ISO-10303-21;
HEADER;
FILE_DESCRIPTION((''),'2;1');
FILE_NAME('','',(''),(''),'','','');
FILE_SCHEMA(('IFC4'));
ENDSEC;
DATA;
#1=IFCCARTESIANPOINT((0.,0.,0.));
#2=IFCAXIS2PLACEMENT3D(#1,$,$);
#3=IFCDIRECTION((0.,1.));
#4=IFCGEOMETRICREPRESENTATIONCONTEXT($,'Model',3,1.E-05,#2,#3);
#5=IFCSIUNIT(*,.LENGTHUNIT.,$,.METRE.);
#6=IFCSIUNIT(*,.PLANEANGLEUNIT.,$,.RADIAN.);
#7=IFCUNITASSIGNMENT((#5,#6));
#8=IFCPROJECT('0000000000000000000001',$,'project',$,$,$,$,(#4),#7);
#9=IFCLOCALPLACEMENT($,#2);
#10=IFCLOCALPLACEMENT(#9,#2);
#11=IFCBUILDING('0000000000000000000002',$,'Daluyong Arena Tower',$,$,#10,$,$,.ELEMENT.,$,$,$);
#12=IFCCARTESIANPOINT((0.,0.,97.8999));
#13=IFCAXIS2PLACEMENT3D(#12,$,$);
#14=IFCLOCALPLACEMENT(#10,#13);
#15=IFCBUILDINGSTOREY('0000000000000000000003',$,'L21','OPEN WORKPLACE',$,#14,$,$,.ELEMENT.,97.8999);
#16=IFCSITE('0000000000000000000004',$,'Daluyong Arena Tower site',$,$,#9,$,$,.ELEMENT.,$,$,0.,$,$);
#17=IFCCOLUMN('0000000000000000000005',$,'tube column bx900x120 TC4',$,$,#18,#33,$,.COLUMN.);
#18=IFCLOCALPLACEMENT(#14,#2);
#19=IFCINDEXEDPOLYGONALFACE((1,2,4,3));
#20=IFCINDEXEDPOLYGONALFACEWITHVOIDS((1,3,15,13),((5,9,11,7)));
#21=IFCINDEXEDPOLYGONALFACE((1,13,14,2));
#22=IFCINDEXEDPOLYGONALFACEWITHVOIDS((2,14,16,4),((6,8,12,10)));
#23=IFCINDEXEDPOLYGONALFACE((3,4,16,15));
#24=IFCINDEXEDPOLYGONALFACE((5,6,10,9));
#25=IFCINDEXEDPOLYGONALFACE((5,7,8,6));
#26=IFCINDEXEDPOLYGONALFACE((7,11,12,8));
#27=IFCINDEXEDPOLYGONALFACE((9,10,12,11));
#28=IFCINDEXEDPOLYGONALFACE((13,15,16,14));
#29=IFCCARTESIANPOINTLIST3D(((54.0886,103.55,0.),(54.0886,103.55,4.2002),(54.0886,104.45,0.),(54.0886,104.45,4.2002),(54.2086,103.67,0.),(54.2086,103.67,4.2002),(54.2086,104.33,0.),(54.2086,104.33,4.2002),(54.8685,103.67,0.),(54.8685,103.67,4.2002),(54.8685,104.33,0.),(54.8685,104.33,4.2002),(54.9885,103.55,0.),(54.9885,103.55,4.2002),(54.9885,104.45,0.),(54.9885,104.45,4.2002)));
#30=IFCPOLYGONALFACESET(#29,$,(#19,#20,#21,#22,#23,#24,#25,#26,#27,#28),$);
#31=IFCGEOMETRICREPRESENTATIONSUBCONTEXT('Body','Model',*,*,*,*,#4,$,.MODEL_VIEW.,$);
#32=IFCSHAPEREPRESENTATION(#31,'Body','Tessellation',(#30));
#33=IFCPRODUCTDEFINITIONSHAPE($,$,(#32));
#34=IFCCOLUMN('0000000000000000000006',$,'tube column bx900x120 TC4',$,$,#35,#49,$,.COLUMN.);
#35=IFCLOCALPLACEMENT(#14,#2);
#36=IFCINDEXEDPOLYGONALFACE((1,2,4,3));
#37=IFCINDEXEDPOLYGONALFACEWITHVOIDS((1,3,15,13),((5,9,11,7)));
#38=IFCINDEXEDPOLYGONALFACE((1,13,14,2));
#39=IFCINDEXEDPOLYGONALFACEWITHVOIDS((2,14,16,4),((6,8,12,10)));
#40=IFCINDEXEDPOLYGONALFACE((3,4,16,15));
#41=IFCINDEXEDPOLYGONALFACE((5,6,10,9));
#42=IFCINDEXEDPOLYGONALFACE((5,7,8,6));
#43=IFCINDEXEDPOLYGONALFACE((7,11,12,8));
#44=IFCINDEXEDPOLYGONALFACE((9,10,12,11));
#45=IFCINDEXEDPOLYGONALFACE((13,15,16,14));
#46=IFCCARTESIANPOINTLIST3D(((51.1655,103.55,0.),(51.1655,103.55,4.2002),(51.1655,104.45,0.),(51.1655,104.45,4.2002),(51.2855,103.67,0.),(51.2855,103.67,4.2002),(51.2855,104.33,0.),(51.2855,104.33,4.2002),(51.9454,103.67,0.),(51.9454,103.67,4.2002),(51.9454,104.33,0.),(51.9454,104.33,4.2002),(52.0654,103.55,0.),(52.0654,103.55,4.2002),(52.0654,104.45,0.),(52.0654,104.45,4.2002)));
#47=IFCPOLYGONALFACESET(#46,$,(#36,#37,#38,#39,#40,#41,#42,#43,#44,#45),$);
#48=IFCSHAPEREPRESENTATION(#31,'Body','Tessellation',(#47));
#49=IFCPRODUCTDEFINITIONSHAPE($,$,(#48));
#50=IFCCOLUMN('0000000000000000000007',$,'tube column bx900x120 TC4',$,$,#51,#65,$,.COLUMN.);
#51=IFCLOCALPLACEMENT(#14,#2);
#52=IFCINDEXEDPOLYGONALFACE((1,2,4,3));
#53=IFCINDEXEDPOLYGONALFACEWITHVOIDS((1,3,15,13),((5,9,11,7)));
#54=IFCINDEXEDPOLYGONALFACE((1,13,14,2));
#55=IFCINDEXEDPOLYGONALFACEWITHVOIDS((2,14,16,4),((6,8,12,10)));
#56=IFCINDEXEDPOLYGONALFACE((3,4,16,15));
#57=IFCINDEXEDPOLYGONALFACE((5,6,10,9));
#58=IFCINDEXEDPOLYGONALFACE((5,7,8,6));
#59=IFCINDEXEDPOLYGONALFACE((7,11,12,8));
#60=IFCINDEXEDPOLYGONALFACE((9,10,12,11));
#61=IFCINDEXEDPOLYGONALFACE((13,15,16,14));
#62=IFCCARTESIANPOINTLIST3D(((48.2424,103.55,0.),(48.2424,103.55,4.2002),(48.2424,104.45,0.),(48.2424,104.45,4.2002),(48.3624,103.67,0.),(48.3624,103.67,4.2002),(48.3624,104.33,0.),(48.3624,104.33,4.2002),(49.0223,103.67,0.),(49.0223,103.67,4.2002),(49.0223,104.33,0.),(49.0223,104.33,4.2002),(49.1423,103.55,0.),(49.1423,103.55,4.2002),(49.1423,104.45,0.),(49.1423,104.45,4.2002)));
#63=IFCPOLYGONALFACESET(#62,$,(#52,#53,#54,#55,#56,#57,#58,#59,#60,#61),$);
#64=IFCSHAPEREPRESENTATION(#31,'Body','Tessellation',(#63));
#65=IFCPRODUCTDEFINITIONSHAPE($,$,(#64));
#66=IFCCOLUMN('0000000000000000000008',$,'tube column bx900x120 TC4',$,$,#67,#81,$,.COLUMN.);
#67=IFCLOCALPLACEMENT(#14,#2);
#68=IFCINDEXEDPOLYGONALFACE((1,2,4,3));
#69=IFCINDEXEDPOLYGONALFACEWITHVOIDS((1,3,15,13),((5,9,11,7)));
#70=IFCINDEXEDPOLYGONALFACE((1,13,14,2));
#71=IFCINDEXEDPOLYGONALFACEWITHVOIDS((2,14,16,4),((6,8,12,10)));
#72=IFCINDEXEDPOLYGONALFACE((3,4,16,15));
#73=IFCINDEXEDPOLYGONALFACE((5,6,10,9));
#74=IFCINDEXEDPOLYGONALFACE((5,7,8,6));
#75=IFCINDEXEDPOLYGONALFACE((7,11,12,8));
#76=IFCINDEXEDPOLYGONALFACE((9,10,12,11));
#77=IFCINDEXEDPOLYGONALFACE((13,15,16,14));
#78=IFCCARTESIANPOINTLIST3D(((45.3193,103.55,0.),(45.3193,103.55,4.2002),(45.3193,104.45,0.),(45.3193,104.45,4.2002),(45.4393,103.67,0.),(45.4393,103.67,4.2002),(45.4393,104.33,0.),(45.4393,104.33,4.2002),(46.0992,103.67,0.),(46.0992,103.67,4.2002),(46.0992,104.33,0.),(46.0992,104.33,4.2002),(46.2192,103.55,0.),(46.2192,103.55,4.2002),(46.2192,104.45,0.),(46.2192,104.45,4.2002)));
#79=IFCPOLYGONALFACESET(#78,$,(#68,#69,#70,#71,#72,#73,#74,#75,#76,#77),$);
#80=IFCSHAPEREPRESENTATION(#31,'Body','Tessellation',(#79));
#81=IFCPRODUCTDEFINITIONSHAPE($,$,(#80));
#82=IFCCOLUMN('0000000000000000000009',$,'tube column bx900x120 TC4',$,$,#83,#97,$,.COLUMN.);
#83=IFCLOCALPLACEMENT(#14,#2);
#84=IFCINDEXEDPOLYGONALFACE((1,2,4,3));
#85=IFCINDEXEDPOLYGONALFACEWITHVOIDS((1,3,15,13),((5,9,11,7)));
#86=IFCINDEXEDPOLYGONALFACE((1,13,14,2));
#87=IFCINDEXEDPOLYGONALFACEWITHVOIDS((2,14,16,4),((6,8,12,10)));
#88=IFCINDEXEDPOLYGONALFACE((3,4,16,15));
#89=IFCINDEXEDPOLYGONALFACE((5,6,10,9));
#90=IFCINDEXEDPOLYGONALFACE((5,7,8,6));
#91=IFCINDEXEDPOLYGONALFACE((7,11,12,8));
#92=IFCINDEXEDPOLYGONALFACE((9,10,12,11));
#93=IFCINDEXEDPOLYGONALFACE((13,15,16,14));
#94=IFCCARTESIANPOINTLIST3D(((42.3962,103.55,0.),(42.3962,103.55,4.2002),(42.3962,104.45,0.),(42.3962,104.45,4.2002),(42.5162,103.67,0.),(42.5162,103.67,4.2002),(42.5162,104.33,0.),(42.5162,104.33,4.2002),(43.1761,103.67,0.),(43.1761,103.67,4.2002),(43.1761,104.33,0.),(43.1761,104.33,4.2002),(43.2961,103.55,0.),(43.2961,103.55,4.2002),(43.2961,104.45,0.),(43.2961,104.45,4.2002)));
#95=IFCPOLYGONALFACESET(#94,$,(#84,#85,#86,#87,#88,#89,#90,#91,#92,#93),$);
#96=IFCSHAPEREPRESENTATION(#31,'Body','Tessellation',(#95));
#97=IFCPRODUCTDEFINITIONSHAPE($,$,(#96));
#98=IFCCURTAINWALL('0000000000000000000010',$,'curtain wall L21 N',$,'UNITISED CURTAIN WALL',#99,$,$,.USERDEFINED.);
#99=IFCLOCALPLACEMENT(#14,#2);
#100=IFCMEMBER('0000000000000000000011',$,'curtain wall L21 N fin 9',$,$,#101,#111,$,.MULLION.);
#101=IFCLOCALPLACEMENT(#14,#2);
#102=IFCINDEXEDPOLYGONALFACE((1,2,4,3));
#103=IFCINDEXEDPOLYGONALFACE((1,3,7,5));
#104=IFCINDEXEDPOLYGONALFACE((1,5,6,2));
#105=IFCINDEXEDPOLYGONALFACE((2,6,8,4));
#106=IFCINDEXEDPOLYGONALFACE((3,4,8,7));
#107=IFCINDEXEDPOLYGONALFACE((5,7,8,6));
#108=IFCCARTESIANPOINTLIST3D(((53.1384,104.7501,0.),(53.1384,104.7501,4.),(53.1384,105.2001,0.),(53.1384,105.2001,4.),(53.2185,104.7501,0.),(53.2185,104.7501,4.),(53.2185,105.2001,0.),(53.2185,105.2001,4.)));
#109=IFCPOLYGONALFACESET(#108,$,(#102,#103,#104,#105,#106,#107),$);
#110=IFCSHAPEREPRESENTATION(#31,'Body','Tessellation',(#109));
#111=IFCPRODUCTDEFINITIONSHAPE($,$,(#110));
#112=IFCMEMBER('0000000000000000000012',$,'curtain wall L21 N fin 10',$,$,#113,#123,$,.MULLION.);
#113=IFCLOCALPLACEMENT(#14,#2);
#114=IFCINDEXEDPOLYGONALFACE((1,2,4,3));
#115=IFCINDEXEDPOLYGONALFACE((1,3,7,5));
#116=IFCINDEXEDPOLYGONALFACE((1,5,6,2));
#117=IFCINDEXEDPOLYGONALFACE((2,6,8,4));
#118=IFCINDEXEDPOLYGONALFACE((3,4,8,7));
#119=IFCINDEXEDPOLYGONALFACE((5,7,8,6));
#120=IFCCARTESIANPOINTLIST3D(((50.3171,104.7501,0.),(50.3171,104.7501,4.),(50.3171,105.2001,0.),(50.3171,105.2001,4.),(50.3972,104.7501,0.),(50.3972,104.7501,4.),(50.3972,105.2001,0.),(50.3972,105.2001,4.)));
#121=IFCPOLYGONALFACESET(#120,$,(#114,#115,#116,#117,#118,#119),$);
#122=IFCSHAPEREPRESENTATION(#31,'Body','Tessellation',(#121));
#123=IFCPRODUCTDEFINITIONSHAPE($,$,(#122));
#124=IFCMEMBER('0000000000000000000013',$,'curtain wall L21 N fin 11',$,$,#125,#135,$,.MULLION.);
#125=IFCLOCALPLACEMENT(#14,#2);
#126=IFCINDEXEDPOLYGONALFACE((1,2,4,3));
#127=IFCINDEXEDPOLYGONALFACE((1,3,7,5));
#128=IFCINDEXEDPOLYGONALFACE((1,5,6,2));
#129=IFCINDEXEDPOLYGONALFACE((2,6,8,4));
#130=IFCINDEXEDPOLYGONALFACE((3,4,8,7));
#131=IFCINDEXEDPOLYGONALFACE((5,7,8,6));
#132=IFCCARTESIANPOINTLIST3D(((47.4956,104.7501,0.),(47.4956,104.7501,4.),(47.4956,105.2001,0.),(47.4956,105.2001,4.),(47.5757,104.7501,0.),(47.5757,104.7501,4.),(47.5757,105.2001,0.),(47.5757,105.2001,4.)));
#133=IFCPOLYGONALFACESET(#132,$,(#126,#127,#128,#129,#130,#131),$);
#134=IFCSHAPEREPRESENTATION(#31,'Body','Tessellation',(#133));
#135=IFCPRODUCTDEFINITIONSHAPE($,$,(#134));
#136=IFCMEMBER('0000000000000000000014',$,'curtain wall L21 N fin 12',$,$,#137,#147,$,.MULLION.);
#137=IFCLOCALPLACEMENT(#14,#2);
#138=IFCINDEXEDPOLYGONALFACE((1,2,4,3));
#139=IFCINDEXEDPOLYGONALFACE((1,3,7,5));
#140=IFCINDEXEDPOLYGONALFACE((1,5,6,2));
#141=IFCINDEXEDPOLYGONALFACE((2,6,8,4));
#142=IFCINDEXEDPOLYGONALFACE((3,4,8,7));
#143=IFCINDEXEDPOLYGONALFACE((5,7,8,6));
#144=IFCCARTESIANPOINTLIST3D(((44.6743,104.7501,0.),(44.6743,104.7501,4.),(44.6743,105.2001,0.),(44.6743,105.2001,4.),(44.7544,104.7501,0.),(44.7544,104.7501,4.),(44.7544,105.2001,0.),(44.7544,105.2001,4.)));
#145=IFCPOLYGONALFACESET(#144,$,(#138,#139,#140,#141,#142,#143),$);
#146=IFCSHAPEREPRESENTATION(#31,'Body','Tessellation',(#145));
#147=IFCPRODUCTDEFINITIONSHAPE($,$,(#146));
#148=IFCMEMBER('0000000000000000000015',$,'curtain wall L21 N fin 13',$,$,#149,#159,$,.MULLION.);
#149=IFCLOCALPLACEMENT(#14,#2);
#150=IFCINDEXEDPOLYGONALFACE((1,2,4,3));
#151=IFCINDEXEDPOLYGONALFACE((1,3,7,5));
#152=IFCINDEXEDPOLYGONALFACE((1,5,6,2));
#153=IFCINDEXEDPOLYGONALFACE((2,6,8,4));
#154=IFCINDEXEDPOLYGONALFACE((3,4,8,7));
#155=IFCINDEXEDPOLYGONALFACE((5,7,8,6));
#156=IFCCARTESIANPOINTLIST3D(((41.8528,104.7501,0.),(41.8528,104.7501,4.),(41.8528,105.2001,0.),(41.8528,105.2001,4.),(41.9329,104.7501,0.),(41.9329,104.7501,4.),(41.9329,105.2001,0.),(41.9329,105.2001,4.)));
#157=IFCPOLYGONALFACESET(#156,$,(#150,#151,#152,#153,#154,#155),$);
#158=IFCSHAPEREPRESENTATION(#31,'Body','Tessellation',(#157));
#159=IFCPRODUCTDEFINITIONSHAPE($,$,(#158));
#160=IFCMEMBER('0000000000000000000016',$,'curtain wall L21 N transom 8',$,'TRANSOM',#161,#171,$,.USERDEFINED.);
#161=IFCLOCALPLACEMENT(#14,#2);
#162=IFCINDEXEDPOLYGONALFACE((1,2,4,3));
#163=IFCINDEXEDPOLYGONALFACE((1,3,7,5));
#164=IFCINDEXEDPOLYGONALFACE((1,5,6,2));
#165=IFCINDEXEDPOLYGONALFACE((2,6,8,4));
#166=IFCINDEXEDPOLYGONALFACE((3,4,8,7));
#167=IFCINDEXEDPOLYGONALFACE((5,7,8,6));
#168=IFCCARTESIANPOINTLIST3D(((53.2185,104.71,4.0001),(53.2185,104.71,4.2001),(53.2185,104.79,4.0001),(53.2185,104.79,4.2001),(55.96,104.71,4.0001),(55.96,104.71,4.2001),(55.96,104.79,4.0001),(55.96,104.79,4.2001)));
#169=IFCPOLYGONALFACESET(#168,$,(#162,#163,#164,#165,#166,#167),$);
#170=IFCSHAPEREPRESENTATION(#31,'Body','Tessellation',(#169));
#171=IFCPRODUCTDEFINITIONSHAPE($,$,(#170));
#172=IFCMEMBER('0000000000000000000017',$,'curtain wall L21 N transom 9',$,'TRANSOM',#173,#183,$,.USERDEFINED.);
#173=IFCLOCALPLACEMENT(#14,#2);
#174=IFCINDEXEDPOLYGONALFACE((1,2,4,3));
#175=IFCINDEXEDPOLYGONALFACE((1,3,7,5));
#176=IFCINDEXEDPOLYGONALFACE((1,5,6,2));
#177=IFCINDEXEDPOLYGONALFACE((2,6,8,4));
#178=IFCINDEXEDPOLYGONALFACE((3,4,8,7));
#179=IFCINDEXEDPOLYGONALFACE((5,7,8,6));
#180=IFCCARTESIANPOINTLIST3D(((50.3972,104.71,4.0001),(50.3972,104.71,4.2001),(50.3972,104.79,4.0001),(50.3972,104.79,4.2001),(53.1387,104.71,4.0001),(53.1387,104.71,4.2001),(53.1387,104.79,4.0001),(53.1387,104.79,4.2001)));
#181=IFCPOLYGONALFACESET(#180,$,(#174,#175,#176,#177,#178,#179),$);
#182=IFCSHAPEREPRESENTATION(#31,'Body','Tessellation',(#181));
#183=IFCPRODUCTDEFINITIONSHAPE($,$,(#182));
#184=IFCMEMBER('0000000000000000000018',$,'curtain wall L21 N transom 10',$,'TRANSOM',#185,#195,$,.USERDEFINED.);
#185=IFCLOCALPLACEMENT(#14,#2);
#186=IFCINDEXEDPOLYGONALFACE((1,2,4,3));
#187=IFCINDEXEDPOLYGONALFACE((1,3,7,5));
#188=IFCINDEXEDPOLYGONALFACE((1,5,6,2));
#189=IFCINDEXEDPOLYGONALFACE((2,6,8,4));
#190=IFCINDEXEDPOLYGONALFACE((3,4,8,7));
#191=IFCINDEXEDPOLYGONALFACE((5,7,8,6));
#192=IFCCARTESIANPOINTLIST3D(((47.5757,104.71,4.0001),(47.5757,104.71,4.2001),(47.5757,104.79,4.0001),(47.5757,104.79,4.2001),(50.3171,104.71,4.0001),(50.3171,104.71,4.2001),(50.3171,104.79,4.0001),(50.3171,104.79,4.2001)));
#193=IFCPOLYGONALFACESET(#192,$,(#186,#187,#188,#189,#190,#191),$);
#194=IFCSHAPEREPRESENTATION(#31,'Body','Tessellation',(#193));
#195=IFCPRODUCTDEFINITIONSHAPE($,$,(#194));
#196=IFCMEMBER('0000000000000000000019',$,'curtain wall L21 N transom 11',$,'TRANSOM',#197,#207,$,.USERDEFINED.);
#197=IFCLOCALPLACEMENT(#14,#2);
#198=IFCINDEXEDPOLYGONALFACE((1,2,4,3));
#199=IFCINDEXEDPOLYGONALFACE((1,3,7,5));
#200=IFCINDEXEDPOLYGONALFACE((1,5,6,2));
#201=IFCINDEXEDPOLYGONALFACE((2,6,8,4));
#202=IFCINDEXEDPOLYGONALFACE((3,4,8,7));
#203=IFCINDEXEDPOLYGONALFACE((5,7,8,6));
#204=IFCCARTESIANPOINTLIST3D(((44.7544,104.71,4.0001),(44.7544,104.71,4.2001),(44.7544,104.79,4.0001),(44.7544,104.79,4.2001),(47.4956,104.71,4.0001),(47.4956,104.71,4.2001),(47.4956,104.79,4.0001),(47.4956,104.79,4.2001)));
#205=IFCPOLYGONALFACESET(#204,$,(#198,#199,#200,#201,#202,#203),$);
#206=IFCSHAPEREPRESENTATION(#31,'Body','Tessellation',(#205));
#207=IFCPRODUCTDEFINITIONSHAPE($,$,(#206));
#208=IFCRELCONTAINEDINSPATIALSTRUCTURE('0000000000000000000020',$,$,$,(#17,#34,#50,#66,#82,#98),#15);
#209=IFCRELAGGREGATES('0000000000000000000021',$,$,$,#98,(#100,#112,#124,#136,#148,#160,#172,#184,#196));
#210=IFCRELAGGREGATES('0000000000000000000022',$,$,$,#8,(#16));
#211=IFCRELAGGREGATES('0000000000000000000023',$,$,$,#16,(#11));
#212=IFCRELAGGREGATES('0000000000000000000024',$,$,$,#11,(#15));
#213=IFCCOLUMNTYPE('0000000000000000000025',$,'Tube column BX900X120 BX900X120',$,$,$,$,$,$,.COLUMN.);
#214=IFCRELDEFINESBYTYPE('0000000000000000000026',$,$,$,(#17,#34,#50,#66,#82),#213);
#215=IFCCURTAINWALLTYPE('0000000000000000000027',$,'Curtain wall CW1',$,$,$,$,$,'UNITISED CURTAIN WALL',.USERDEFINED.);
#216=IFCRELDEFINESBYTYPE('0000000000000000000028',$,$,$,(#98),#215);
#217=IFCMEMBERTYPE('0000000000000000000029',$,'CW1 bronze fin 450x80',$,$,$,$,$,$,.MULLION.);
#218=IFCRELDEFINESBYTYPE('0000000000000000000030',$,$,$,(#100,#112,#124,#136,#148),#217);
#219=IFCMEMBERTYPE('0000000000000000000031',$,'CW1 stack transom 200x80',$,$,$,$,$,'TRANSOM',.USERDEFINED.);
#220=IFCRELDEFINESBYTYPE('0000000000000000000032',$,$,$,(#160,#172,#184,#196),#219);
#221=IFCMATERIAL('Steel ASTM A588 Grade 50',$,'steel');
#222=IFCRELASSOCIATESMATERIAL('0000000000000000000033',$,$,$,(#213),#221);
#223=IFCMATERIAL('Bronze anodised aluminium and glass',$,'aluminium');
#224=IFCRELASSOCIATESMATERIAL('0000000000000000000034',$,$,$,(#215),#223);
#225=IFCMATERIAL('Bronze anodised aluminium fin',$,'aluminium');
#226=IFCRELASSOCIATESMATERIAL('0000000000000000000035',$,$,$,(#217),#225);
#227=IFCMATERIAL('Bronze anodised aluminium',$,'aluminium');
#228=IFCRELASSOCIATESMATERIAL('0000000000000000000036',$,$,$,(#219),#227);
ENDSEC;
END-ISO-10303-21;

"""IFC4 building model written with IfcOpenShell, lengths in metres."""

from ifc_helpers import new_model, si_unit, direction, frame, origin, origin_2d, place, context, subcontext, project, spatial, rectangle, hollow_rectangle, extrude, material, material_profile, profile_set, type_object, element, aggregate, save


model = new_model("IFC4")

# Units and contexts
model_context = context("Model", 3, precision=1e-05, world=origin(), true_north=direction((0.0, 1.0)))
body_context = subcontext(model_context, "Body", "Model", "MODEL_VIEW")
ifc_project = project(units=[si_unit("LENGTHUNIT", "METRE"), si_unit("PLANEANGLEUNIT", "RADIAN")], contexts=[model_context])

# Site, building, storey
site_placement = place(None, origin())
site = spatial("IfcSite", under=ifc_project, at=site_placement, Name="Daluyong Arena Tower site", CompositionType="ELEMENT", RefElevation=0.0)
building_placement = place(site_placement, origin())
building = spatial("IfcBuilding", under=site, at=building_placement, Name="Daluyong Arena Tower", CompositionType="ELEMENT")
storey_placement = place(building_placement, frame((0.0, 0.0, 97.8999)))
storey = spatial("IfcBuildingStorey", under=building, at=storey_placement, Name="L21", Description="OPEN WORKPLACE", CompositionType="ELEMENT", Elevation=97.8999)

# Columns
ifc_material_1 = material(Name="Steel ASTM A588 Grade 50", Category="steel")
ifc_material_profile_1 = material_profile(ifc_material_1, hollow_rectangle(XDim=0.8999, YDim=0.8999, WallThickness=0.12, at=origin_2d()))
ifc_profile_set_1 = profile_set([ifc_material_profile_1], Name="Steel ASTM A588 Grade 50")
column_type = type_object("IfcColumnType", Name="Tube column BX900X120 BX900X120", PredefinedType="COLUMN", material=ifc_profile_set_1)
for number, where, z_axis, x_axis, name in (
    (1, (54.5386, 104.0, 0.0), (0.0, 0.0, 1.0), (1.0, 0.0, 0.0), "tube column bx900x120 TC4"),
    (2, (51.6155, 104.0, 0.0), (0.0, 0.0, 1.0), (1.0, 0.0, 0.0), "tube column bx900x120 TC4"),
    (3, (48.6924, 104.0, 0.0), (0.0, 0.0, 1.0), (1.0, 0.0, 0.0), "tube column bx900x120 TC4"),
    (4, (45.7693, 104.0, 0.0), (0.0, 0.0, 1.0), (1.0, 0.0, 0.0), "tube column bx900x120 TC4"),
    (5, (42.8462, 104.0, 0.0), (0.0, 0.0, 1.0), (1.0, 0.0, 0.0), "tube column bx900x120 TC4"),
):
    element("IfcColumn", number, at=place(storey_placement, frame(where, z_axis=z_axis, x_axis=x_axis)), inside=storey, type_object=column_type, Name=name, PredefinedType="COLUMN", context=body_context, shape_type="SweptSolid", body=[
        extrude(hollow_rectangle(XDim=0.8999, YDim=0.8999, WallThickness=0.12, at=origin_2d()), origin(), (0.0, 0.0, 1.0), 4.2002),
    ])

# Curtain wall, members
ifc_material_2 = material(Name="Bronze anodised aluminium and glass", Category="aluminium")
curtain_wall_type = type_object("IfcCurtainWallType", Name="Curtain wall CW1", ElementType="UNITISED CURTAIN WALL", PredefinedType="USERDEFINED", material=ifc_material_2)
curtain_wall_placement = place(storey_placement, origin())
curtain_wall = element("IfcCurtainWall", 6, at=curtain_wall_placement, inside=storey, type_object=curtain_wall_type, Name="curtain wall L21 N", ObjectType="UNITISED CURTAIN WALL", PredefinedType="USERDEFINED")
ifc_material_3 = material(Name="Bronze anodised aluminium fin", Category="aluminium")
ifc_material_profile_2 = material_profile(ifc_material_3, rectangle(XDim=0.45, YDim=0.0801, at=origin_2d()))
ifc_profile_set_2 = profile_set([ifc_material_profile_2], Name="Bronze anodised aluminium fin")
member_type_1 = type_object("IfcMemberType", Name="CW1 bronze fin 450x80", PredefinedType="MULLION", material=ifc_profile_set_2)
member_1_placement = place(storey_placement, frame((53.1785, 104.9751, 0.0), z_axis=(0.0, 0.0, 1.0), x_axis=(0.0, -1.0, 0.0)))
member_1 = element("IfcMember", 7, at=member_1_placement, type_object=member_type_1, Name="curtain wall L21 N fin 9", PredefinedType="MULLION", context=body_context, shape_type="SweptSolid", body=[
    extrude(rectangle(XDim=0.45, YDim=0.0801, at=origin_2d()), origin(), (0.0, 0.0, 1.0), 4.0),
])
member_2_placement = place(storey_placement, frame((50.3572, 104.9751, 0.0), z_axis=(0.0, 0.0, 1.0), x_axis=(0.0, -1.0, 0.0)))
member_2 = element("IfcMember", 8, at=member_2_placement, type_object=member_type_1, Name="curtain wall L21 N fin 10", PredefinedType="MULLION", context=body_context, shape_type="SweptSolid", body=[
    extrude(rectangle(XDim=0.45, YDim=0.0801, at=origin_2d()), origin(), (0.0, 0.0, 1.0), 4.0),
])
member_3_placement = place(storey_placement, frame((47.5356, 104.9751, 0.0), z_axis=(0.0, 0.0, 1.0), x_axis=(0.0, -1.0, 0.0)))
member_3 = element("IfcMember", 9, at=member_3_placement, type_object=member_type_1, Name="curtain wall L21 N fin 11", PredefinedType="MULLION", context=body_context, shape_type="SweptSolid", body=[
    extrude(rectangle(XDim=0.45, YDim=0.0801, at=origin_2d()), origin(), (0.0, 0.0, 1.0), 4.0),
])
member_4_placement = place(storey_placement, frame((44.7144, 104.9751, 0.0), z_axis=(0.0, 0.0, 1.0), x_axis=(0.0, -1.0, 0.0)))
member_4 = element("IfcMember", 10, at=member_4_placement, type_object=member_type_1, Name="curtain wall L21 N fin 12", PredefinedType="MULLION", context=body_context, shape_type="SweptSolid", body=[
    extrude(rectangle(XDim=0.45, YDim=0.0801, at=origin_2d()), origin(), (0.0, 0.0, 1.0), 4.0),
])
member_5_placement = place(storey_placement, frame((41.8928, 104.9751, 0.0), z_axis=(0.0, 0.0, 1.0), x_axis=(0.0, -1.0, 0.0)))
member_5 = element("IfcMember", 11, at=member_5_placement, type_object=member_type_1, Name="curtain wall L21 N fin 13", PredefinedType="MULLION", context=body_context, shape_type="SweptSolid", body=[
    extrude(rectangle(XDim=0.45, YDim=0.0801, at=origin_2d()), origin(), (0.0, 0.0, 1.0), 4.0),
])
ifc_material_4 = material(Name="Bronze anodised aluminium", Category="aluminium")
ifc_material_profile_3 = material_profile(ifc_material_4, rectangle(XDim=0.0801, YDim=0.2, at=origin_2d()))
ifc_profile_set_3 = profile_set([ifc_material_profile_3], Name="Bronze anodised aluminium")
member_type_2 = type_object("IfcMemberType", Name="CW1 stack transom 200x80", ElementType="TRANSOM", PredefinedType="USERDEFINED", material=ifc_profile_set_3)
member_6_placement = place(storey_placement, frame((55.96, 104.75, 4.1001), z_axis=(-1.0, 0.0, 0.0), x_axis=(0.0, -1.0, 0.0)))
member_6 = element("IfcMember", 12, at=member_6_placement, type_object=member_type_2, Name="curtain wall L21 N transom 8", ObjectType="TRANSOM", PredefinedType="USERDEFINED", context=body_context, shape_type="SweptSolid", body=[
    extrude(rectangle(XDim=0.0801, YDim=0.2, at=origin_2d()), origin(), (0.0, 0.0, 1.0), 2.7415),
])
member_7_placement = place(storey_placement, frame((53.1387, 104.75, 4.1001), z_axis=(-1.0, 0.0, 0.0), x_axis=(0.0, -1.0, 0.0)))
member_7 = element("IfcMember", 13, at=member_7_placement, type_object=member_type_2, Name="curtain wall L21 N transom 9", ObjectType="TRANSOM", PredefinedType="USERDEFINED", context=body_context, shape_type="SweptSolid", body=[
    extrude(rectangle(XDim=0.0801, YDim=0.2, at=origin_2d()), origin(), (0.0, 0.0, 1.0), 2.7415),
])
member_8_placement = place(storey_placement, frame((50.3171, 104.75, 4.1001), z_axis=(-1.0, 0.0, 0.0), x_axis=(0.0, -1.0, 0.0)))
member_8 = element("IfcMember", 14, at=member_8_placement, type_object=member_type_2, Name="curtain wall L21 N transom 10", ObjectType="TRANSOM", PredefinedType="USERDEFINED", context=body_context, shape_type="SweptSolid", body=[
    extrude(rectangle(XDim=0.0801, YDim=0.2, at=origin_2d()), origin(), (0.0, 0.0, 1.0), 2.7415),
])
member_9_placement = place(storey_placement, frame((47.4956, 104.75, 4.1001), z_axis=(-1.0, 0.0, 0.0), x_axis=(0.0, -1.0, 0.0)))
member_9 = element("IfcMember", 15, at=member_9_placement, type_object=member_type_2, Name="curtain wall L21 N transom 11", ObjectType="TRANSOM", PredefinedType="USERDEFINED", context=body_context, shape_type="SweptSolid", body=[
    extrude(rectangle(XDim=0.0801, YDim=0.2, at=origin_2d()), origin(), (0.0, 0.0, 1.0), 2.7412),
])

aggregate(curtain_wall, [member_1, member_2, member_3, member_4, member_5, member_6, member_7, member_8, member_9])

save(model, "model.ifc")
